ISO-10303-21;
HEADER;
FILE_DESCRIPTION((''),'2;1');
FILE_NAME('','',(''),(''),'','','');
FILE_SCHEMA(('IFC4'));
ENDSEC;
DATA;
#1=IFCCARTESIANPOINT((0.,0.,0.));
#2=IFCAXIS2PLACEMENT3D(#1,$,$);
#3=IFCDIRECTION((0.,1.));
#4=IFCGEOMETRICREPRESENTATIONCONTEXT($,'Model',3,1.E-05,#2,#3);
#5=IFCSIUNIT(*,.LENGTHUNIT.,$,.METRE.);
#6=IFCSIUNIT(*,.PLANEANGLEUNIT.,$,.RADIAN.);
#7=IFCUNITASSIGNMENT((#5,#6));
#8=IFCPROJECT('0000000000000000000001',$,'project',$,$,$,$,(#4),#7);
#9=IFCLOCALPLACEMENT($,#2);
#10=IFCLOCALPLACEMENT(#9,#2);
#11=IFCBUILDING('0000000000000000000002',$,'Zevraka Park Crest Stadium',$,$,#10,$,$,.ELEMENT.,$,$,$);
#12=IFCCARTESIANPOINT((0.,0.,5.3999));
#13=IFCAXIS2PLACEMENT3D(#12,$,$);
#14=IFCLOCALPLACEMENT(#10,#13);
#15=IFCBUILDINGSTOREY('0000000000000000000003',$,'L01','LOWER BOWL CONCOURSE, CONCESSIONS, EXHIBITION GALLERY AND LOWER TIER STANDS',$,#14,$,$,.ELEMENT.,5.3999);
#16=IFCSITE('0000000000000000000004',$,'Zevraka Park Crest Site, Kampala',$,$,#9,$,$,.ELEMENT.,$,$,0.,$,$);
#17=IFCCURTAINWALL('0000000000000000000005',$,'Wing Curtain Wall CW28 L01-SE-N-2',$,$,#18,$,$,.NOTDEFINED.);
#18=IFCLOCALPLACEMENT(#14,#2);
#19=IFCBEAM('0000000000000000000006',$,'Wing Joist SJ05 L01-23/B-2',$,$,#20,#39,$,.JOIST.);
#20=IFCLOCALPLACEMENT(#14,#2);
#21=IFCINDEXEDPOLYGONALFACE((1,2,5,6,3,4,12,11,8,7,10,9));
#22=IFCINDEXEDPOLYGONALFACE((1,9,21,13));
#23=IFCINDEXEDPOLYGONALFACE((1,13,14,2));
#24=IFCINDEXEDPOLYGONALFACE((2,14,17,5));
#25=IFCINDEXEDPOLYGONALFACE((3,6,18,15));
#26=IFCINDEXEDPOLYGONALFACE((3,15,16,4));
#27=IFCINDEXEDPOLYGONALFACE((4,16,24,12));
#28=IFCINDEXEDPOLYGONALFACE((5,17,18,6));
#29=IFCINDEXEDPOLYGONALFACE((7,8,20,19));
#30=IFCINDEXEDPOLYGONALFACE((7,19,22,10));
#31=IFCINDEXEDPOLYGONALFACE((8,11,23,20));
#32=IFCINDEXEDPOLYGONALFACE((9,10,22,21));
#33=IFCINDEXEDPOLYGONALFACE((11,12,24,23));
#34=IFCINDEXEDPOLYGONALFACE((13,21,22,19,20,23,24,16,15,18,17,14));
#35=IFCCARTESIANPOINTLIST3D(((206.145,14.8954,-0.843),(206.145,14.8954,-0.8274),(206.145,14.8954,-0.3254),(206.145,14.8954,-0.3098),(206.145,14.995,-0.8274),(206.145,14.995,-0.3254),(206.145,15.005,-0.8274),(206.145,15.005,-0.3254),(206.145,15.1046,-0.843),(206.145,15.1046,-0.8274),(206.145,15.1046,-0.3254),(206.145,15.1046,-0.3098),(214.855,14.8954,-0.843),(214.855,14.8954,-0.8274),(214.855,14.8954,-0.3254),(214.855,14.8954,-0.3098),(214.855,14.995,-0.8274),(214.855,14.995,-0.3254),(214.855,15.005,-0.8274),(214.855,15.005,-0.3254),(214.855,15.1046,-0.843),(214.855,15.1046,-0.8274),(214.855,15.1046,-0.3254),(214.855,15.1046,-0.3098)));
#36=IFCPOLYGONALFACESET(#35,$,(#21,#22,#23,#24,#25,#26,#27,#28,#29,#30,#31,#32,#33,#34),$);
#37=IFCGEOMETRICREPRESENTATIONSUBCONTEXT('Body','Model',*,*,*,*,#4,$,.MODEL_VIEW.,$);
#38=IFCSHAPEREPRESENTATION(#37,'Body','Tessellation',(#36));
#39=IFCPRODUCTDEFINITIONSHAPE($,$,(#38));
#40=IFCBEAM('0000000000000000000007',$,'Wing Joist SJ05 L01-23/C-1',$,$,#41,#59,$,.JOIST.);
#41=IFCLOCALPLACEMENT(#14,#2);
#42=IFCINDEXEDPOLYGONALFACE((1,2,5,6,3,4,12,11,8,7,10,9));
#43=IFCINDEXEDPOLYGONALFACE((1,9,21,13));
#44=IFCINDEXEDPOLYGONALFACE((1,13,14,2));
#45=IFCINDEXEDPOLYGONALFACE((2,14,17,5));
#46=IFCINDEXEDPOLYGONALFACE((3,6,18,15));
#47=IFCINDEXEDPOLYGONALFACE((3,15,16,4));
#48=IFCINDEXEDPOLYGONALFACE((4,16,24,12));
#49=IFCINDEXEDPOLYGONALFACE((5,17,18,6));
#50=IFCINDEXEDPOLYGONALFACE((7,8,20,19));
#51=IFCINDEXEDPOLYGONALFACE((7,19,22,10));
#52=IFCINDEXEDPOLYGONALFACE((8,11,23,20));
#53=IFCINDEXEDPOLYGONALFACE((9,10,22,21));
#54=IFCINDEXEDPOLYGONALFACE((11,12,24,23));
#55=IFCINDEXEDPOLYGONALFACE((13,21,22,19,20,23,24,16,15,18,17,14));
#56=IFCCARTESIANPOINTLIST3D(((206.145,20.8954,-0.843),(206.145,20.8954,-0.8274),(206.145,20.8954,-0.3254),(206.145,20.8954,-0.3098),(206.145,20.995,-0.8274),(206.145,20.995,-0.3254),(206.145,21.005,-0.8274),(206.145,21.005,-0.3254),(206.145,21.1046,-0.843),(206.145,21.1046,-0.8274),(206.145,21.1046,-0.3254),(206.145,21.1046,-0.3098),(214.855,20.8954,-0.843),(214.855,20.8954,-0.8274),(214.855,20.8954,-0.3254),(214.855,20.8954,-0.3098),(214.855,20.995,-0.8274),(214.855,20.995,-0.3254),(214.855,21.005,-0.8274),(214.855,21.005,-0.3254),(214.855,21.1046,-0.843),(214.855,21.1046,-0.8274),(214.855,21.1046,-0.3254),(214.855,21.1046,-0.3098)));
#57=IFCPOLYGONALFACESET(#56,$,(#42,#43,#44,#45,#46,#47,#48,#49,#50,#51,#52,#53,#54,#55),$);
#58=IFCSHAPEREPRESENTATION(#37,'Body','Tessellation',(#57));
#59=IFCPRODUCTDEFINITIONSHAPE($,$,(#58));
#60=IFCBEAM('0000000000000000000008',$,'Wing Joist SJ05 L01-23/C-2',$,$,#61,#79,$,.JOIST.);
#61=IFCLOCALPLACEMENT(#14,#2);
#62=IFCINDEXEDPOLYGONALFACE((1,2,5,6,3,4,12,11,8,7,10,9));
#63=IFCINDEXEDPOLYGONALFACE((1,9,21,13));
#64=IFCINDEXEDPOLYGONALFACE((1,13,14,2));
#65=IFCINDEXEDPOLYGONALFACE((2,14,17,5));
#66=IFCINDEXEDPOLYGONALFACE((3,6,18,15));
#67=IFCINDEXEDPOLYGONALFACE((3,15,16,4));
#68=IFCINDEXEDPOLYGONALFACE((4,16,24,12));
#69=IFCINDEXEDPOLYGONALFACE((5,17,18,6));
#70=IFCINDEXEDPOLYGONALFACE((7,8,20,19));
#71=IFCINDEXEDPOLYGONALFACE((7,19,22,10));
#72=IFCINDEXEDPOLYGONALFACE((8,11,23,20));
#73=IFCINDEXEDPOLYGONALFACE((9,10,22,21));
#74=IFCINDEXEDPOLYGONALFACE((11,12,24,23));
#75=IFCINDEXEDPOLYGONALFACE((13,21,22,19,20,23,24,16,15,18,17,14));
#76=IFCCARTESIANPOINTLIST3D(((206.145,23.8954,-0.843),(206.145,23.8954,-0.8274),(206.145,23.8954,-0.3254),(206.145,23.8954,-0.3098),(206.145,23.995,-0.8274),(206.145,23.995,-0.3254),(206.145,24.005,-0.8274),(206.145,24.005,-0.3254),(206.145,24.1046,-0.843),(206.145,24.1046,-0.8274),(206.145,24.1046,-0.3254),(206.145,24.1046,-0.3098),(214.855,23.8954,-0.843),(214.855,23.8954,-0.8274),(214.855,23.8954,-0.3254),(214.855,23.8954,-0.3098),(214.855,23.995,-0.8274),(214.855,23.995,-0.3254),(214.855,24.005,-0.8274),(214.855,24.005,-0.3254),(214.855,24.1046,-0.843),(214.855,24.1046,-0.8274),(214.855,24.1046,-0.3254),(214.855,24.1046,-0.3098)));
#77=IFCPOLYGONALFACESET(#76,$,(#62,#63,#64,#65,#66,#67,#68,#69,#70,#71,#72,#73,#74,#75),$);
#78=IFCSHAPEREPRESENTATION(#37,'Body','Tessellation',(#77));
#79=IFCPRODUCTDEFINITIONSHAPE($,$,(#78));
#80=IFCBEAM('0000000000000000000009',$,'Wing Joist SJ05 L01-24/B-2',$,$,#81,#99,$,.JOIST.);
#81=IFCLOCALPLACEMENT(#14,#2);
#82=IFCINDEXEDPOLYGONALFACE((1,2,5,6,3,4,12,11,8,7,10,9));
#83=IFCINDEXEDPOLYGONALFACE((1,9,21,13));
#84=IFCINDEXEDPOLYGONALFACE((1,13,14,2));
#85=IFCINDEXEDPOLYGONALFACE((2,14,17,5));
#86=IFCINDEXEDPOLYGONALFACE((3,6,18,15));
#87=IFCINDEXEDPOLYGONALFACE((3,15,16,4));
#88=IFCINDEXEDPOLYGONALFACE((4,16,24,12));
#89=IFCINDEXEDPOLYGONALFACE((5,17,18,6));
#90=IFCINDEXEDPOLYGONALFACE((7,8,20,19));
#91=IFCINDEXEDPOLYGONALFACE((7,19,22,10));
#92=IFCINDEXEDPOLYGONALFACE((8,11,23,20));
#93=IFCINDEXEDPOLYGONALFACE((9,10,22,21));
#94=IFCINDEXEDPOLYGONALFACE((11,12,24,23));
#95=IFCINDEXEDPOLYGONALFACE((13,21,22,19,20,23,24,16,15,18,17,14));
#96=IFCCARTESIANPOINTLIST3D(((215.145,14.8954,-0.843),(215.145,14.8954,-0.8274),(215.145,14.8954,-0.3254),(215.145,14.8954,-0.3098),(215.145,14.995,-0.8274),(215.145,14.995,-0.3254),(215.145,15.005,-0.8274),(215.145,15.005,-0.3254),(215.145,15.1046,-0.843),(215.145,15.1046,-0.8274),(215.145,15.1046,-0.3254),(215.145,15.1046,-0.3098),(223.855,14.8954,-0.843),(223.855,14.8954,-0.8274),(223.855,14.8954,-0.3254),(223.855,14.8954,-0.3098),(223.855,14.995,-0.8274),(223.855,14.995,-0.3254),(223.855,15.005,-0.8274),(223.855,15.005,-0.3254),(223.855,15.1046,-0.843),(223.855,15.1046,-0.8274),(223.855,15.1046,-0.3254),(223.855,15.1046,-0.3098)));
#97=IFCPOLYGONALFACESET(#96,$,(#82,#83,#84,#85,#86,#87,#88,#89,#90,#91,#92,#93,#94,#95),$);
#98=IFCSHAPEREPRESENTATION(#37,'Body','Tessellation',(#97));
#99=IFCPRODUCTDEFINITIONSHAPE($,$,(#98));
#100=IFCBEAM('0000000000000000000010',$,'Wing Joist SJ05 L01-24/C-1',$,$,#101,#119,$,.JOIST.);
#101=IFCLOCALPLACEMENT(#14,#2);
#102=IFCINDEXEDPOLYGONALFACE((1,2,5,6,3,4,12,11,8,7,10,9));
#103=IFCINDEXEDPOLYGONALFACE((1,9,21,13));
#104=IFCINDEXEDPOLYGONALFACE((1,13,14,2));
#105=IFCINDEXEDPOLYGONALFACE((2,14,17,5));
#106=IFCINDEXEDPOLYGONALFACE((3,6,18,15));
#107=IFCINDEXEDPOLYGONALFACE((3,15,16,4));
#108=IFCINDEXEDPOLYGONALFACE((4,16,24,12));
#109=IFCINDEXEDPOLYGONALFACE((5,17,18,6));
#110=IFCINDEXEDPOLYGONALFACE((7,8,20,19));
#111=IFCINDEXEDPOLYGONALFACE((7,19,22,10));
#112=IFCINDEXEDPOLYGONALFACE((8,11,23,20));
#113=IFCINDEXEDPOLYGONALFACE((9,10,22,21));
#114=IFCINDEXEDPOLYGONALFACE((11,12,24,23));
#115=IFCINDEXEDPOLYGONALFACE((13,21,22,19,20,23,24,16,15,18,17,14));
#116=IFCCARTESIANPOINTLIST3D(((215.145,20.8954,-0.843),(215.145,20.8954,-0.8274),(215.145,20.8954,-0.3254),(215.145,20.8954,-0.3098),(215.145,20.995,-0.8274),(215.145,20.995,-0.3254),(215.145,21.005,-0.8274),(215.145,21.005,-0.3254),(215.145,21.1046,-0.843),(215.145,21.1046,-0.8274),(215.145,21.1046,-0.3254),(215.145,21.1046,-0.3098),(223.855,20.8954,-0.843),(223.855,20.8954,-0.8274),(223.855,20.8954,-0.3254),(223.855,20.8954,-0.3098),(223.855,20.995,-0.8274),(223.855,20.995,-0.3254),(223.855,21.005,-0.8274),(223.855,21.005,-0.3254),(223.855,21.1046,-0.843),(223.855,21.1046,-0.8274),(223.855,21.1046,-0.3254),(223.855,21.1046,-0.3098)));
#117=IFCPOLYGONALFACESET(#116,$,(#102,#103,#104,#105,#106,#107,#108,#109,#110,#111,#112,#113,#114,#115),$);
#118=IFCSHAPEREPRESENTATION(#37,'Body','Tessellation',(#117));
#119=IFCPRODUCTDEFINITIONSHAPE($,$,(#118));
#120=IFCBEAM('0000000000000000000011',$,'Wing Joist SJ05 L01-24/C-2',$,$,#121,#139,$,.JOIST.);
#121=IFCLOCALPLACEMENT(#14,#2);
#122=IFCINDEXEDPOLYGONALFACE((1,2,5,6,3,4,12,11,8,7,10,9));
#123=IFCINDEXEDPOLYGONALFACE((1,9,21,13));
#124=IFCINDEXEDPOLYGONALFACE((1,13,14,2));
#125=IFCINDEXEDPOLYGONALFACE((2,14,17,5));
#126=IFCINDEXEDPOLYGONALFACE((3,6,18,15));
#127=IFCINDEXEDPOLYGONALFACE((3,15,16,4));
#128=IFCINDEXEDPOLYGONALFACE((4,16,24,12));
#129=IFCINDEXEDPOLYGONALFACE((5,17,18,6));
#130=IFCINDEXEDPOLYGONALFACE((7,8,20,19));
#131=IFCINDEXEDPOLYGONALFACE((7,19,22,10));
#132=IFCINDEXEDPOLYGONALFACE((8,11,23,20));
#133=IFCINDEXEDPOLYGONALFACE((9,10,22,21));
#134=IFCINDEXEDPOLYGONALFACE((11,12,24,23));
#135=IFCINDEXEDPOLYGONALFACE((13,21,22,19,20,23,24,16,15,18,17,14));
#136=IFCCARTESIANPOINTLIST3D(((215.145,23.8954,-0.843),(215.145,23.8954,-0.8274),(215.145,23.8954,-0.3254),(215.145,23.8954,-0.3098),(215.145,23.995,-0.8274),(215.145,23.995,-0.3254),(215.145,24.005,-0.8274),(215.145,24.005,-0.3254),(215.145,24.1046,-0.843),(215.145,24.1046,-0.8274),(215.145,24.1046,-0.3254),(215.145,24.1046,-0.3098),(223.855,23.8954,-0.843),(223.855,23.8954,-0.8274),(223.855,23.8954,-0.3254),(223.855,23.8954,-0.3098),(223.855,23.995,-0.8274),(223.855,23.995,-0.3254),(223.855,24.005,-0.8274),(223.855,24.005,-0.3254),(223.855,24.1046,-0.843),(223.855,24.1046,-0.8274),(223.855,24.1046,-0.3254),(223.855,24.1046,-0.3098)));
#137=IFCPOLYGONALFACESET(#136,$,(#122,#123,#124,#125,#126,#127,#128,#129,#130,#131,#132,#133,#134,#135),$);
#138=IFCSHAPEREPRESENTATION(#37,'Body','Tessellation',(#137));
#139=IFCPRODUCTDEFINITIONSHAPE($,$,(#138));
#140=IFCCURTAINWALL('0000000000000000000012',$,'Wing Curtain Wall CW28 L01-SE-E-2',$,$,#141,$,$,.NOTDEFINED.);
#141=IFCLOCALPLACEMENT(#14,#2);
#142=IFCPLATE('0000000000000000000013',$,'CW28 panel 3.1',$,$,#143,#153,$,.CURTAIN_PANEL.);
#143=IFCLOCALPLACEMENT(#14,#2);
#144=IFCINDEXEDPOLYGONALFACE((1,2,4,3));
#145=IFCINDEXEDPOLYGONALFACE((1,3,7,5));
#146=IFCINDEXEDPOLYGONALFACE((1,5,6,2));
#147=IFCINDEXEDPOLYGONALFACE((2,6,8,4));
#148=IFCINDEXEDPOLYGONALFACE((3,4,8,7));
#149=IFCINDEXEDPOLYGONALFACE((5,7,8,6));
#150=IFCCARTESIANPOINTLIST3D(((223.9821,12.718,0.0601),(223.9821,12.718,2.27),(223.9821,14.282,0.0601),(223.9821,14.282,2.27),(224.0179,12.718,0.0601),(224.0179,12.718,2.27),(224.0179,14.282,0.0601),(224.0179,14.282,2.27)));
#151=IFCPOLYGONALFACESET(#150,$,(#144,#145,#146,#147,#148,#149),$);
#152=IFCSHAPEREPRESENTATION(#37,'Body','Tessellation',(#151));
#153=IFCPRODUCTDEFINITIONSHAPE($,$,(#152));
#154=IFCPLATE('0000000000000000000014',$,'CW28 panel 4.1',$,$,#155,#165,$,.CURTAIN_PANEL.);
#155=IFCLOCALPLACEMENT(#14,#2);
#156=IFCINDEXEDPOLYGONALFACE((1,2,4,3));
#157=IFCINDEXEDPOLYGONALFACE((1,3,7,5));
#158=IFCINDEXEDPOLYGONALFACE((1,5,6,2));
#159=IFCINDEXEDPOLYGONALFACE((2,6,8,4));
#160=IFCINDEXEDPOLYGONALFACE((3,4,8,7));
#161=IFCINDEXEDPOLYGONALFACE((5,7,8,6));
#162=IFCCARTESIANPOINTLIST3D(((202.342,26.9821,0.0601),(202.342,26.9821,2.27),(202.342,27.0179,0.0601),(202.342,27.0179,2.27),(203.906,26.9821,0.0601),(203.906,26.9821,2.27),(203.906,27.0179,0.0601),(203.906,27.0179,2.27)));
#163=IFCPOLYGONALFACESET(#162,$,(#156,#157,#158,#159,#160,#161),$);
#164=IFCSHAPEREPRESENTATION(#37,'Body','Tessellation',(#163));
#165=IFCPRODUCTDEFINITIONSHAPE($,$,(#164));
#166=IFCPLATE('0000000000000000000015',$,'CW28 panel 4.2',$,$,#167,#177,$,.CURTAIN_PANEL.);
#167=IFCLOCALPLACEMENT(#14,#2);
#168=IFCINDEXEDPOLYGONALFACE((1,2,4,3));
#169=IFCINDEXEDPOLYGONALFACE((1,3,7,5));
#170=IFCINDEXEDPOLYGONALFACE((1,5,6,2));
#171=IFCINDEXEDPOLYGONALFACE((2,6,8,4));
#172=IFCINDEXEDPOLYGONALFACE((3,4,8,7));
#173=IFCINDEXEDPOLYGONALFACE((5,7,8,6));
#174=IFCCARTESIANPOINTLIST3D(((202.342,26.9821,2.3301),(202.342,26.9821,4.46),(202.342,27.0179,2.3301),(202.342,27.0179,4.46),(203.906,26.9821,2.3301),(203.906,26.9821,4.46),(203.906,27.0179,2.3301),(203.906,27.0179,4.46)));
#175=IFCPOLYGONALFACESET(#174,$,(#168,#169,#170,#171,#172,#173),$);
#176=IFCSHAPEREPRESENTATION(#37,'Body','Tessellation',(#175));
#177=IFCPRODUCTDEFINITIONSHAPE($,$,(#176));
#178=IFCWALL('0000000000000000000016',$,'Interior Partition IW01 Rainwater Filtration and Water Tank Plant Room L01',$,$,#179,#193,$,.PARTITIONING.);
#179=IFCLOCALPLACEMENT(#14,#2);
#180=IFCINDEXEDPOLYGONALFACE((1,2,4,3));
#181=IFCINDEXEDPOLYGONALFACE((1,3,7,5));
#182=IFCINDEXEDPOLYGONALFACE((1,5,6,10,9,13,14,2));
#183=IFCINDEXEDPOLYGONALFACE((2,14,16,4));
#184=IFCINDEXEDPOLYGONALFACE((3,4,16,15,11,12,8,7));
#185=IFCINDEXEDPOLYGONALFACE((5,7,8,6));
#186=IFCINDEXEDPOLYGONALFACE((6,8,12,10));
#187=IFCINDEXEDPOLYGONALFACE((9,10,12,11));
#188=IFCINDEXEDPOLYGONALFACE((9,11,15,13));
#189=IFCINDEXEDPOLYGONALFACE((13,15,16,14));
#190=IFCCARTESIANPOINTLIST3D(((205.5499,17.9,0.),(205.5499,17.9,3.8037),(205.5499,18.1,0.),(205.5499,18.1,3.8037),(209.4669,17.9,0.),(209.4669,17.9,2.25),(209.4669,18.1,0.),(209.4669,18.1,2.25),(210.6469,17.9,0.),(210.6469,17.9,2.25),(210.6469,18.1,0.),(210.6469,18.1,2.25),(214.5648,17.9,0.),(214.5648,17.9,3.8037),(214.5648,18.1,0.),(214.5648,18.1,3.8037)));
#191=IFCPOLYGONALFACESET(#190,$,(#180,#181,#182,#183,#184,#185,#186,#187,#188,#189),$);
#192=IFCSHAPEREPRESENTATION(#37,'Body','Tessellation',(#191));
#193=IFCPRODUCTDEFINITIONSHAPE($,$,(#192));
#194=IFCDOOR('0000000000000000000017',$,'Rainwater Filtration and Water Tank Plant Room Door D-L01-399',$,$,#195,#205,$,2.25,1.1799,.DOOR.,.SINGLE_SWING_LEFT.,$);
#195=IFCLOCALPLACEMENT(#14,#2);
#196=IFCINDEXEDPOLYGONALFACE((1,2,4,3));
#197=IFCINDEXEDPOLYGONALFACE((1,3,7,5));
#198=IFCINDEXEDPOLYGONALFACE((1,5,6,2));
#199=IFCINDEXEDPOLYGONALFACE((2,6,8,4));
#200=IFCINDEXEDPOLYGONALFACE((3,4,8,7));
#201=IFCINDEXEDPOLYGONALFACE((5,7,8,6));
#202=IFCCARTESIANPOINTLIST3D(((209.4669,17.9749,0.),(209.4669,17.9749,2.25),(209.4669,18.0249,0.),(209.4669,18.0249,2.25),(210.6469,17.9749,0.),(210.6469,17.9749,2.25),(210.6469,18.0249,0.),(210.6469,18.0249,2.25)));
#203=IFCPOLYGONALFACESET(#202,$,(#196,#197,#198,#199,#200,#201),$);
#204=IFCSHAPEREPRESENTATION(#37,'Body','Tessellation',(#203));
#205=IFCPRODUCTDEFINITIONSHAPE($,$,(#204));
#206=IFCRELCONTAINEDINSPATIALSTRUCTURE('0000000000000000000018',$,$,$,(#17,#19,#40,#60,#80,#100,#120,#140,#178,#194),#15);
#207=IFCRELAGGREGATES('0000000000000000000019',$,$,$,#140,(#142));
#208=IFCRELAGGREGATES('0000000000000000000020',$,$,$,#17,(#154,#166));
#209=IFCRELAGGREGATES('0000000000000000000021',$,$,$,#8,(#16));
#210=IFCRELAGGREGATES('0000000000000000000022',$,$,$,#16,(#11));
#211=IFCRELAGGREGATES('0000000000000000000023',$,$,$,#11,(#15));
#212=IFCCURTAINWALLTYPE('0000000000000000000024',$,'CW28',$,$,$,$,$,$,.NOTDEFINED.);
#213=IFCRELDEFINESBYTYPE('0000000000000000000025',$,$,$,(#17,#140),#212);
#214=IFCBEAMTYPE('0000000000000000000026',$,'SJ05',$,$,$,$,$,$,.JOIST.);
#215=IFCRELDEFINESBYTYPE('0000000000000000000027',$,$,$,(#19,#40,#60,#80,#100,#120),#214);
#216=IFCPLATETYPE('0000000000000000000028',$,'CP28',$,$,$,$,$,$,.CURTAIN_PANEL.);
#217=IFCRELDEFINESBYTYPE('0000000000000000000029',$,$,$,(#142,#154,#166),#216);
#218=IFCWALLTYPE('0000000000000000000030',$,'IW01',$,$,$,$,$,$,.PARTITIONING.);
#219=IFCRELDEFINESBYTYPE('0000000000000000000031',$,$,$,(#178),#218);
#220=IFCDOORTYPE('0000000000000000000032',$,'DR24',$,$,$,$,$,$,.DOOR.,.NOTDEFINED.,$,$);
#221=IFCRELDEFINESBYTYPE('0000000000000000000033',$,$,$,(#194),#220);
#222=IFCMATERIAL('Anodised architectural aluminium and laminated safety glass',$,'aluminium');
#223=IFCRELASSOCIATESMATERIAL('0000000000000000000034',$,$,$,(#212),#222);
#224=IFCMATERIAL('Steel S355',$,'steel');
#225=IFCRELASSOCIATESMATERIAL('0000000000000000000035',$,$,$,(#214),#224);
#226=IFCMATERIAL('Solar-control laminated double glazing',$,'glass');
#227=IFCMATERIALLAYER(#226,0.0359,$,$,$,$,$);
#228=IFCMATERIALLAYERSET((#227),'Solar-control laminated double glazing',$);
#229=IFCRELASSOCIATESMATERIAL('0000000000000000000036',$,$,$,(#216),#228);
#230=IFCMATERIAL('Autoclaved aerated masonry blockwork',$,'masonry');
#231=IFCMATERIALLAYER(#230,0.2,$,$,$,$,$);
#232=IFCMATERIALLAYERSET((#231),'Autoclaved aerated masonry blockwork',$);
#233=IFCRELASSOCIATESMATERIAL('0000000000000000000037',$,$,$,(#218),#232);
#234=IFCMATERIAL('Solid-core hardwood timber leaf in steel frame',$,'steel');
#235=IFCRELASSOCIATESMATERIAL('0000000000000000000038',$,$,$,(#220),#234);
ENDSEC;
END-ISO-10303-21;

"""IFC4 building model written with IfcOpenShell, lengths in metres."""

from ifc_helpers import new_model, si_unit, direction, frame, frame_2d, origin, origin_2d, place, context, subcontext, project, spatial, rectangle, i_section, extrude, material, layer, layer_set, material_profile, profile_set, type_object, element, fill, aggregate, save


model = new_model("IFC4")

# Units and contexts
model_context = context("Model", 3, precision=1e-05, world=origin(), true_north=direction((0.0, 1.0)))
body_context = subcontext(model_context, "Body", "Model", "MODEL_VIEW")
ifc_project = project(units=[si_unit("LENGTHUNIT", "METRE"), si_unit("PLANEANGLEUNIT", "RADIAN")], contexts=[model_context])

# Site, building, storey
site_placement = place(None, origin())
site = spatial("IfcSite", under=ifc_project, at=site_placement, Name="Zevraka Park Crest Site, Kampala", CompositionType="ELEMENT", RefElevation=0.0)
building_placement = place(site_placement, origin())
building = spatial("IfcBuilding", under=site, at=building_placement, Name="Zevraka Park Crest Stadium", CompositionType="ELEMENT")
storey_placement = place(building_placement, frame((0.0, 0.0, 5.3999)))
storey = spatial("IfcBuildingStorey", under=building, at=storey_placement, Name="L01", Description="LOWER BOWL CONCOURSE, CONCESSIONS, EXHIBITION GALLERY AND LOWER TIER STANDS", CompositionType="ELEMENT", Elevation=5.3999)

# Curtain wall
ifc_material_1 = material(Name="Anodised architectural aluminium and laminated safety glass", Category="aluminium")
curtain_wall_type = type_object("IfcCurtainWallType", Name="CW28", PredefinedType="NOTDEFINED", material=ifc_material_1)
curtain_wall_1_placement = place(storey_placement, origin())
curtain_wall_1 = element("IfcCurtainWall", 1, at=curtain_wall_1_placement, inside=storey, type_object=curtain_wall_type, Name="Wing Curtain Wall CW28 L01-SE-N-2", PredefinedType="NOTDEFINED")

# Beams
ifc_material_2 = material(Name="Steel S355", Category="steel")
ifc_material_profile_1 = material_profile(ifc_material_2, i_section(OverallWidth=0.2092, OverallDepth=0.5332, WebThickness=0.01, FlangeThickness=0.0156, at=origin_2d()), Name="UKB 533x210x92")
ifc_profile_set_1 = profile_set([ifc_material_profile_1], Name="Steel S355")
beam_type_1 = type_object("IfcBeamType", Name="SJ05", PredefinedType="JOIST", material=ifc_profile_set_1)
for number, where, z_axis, x_axis, name in (
    (2, (206.145, 15.0, -0.5764), (1.0, 0.0, 0.0), (0.0, 1.0, 0.0), "Wing Joist SJ05 L01-23/B-2"),
    (3, (206.145, 21.0, -0.5764), (1.0, 0.0, 0.0), (0.0, 1.0, 0.0), "Wing Joist SJ05 L01-23/C-1"),
    (4, (206.145, 24.0, -0.5764), (1.0, 0.0, 0.0), (0.0, 1.0, 0.0), "Wing Joist SJ05 L01-23/C-2"),
    (5, (215.145, 15.0, -0.5764), (1.0, 0.0, 0.0), (0.0, 1.0, 0.0), "Wing Joist SJ05 L01-24/B-2"),
    (6, (215.145, 21.0, -0.5764), (1.0, 0.0, 0.0), (0.0, 1.0, 0.0), "Wing Joist SJ05 L01-24/C-1"),
    (7, (215.145, 24.0, -0.5764), (1.0, 0.0, 0.0), (0.0, 1.0, 0.0), "Wing Joist SJ05 L01-24/C-2"),
):
    element("IfcBeam", number, at=place(storey_placement, frame(where, z_axis=z_axis, x_axis=x_axis)), inside=storey, type_object=beam_type_1, Name=name, PredefinedType="JOIST", context=body_context, shape_type="SweptSolid", body=[
        extrude(i_section(OverallWidth=0.2092, OverallDepth=0.5332, WebThickness=0.01, FlangeThickness=0.0156, at=origin_2d()), origin(), (0.0, 0.0, 1.0), 8.71),
    ])

# Curtain wall, plate
curtain_wall_2_placement = place(storey_placement, origin())
curtain_wall_2 = element("IfcCurtainWall", 8, at=curtain_wall_2_placement, inside=storey, type_object=curtain_wall_type, Name="Wing Curtain Wall CW28 L01-SE-E-2", PredefinedType="NOTDEFINED")
ifc_material_3 = material(Name="Solar-control laminated double glazing", Category="glass")
ifc_layer_1 = layer(ifc_material_3, 0.0359)
ifc_layer_set_1 = layer_set([ifc_layer_1], Name="Solar-control laminated double glazing")
plate_type = type_object("IfcPlateType", Name="CP28", PredefinedType="CURTAIN_PANEL", material=ifc_layer_set_1)
plate_1_placement = place(storey_placement, frame((224.0, 13.5, 0.0601), z_axis=(0.0, 0.0, 1.0), x_axis=(0.0, -1.0, 0.0)))
plate_1 = element("IfcPlate", 9, at=plate_1_placement, type_object=plate_type, Name="CW28 panel 3.1", PredefinedType="CURTAIN_PANEL", context=body_context, shape_type="SweptSolid", body=[
    extrude(rectangle(XDim=1.564, YDim=0.0359, at=origin_2d()), origin(), (0.0, 0.0, 1.0), 2.21),
])
aggregate(curtain_wall_2, [plate_1])

# Plates
plate_2_placement = place(storey_placement, frame((203.124, 27.0, 0.0601), z_axis=(0.0, 0.0, 1.0), x_axis=(1.0, 0.0, 0.0)))
plate_2 = element("IfcPlate", 10, at=plate_2_placement, type_object=plate_type, Name="CW28 panel 4.1", PredefinedType="CURTAIN_PANEL", context=body_context, shape_type="SweptSolid", body=[
    extrude(rectangle(XDim=1.564, YDim=0.0359, at=origin_2d()), origin(), (0.0, 0.0, 1.0), 2.21),
])
plate_3_placement = place(storey_placement, frame((203.124, 27.0, 2.3301), z_axis=(0.0, 0.0, 1.0), x_axis=(1.0, 0.0, 0.0)))
plate_3 = element("IfcPlate", 11, at=plate_3_placement, type_object=plate_type, Name="CW28 panel 4.2", PredefinedType="CURTAIN_PANEL", context=body_context, shape_type="SweptSolid", body=[
    extrude(rectangle(XDim=1.564, YDim=0.0359, at=origin_2d()), origin(), (0.0, 0.0, 1.0), 2.1299),
])
aggregate(curtain_wall_1, [plate_2, plate_3])

# Wall, opening, door
ifc_material_4 = material(Name="Autoclaved aerated masonry blockwork", Category="masonry")
ifc_layer_2 = layer(ifc_material_4, 0.2)
ifc_layer_set_2 = layer_set([ifc_layer_2], Name="Autoclaved aerated masonry blockwork")
wall_type = type_object("IfcWallType", Name="IW01", PredefinedType="PARTITIONING", material=ifc_layer_set_2)
wall_1_placement = place(storey_placement, frame((205.55, 18.0, 0.0), z_axis=(0.0, 0.0, 1.0), x_axis=(1.0, 0.0, 0.0)))
wall_1 = element("IfcWall", 12, at=wall_1_placement, inside=storey, type_object=wall_type, Name="Interior Partition IW01 Rainwater Filtration and Water Tank Plant Room L01", PredefinedType="PARTITIONING", context=body_context, shape_type="SweptSolid", body=[
    extrude(rectangle(XDim=9.0149, YDim=0.2, at=frame_2d((4.5073, 0.0))), origin(), (0.0, 0.0, 1.0), 3.8037),
])
opening_1_placement = place(wall_1_placement, frame((3.917, 0.0, 0.0)))
opening_1 = element("IfcOpeningElement", 13, at=opening_1_placement, cuts=wall_1, PredefinedType="OPENING", context=body_context, shape_type="SweptSolid", body=[
    extrude(rectangle(XDim=1.1799, YDim=2.25, at=frame_2d((0.5898, 1.125))), frame((0.0, 0.1099, 0.0), z_axis=(0.0, -1.0, 0.0), x_axis=(1.0, 0.0, 0.0)), (0.0, 0.0, 1.0), 0.22),
])
ifc_material_5 = material(Name="Solid-core hardwood timber leaf in steel frame", Category="steel")
door_type_1 = type_object("IfcDoorType", Name="DR24", OperationType="NOTDEFINED", PredefinedType="DOOR", material=ifc_material_5)
door_1_placement = place(opening_1_placement, origin())
door_1 = element("IfcDoor", 14, at=door_1_placement, inside=storey, type_object=door_type_1, Name="Rainwater Filtration and Water Tank Plant Room Door D-L01-399", OperationType="SINGLE_SWING_LEFT", OverallHeight=2.25, OverallWidth=1.1799, PredefinedType="DOOR", context=body_context, shape_type="SweptSolid", body=[
    extrude(rectangle(XDim=1.1799, YDim=2.25, at=frame_2d((0.5898, 1.125))), frame((0.0, 0.0249, 0.0), z_axis=(0.0, -1.0, 0.0), x_axis=(1.0, 0.0, 0.0)), (0.0, 0.0, 1.0), 0.05),
])
fill(opening_1, door_1)

save(model, "model.ifc")
